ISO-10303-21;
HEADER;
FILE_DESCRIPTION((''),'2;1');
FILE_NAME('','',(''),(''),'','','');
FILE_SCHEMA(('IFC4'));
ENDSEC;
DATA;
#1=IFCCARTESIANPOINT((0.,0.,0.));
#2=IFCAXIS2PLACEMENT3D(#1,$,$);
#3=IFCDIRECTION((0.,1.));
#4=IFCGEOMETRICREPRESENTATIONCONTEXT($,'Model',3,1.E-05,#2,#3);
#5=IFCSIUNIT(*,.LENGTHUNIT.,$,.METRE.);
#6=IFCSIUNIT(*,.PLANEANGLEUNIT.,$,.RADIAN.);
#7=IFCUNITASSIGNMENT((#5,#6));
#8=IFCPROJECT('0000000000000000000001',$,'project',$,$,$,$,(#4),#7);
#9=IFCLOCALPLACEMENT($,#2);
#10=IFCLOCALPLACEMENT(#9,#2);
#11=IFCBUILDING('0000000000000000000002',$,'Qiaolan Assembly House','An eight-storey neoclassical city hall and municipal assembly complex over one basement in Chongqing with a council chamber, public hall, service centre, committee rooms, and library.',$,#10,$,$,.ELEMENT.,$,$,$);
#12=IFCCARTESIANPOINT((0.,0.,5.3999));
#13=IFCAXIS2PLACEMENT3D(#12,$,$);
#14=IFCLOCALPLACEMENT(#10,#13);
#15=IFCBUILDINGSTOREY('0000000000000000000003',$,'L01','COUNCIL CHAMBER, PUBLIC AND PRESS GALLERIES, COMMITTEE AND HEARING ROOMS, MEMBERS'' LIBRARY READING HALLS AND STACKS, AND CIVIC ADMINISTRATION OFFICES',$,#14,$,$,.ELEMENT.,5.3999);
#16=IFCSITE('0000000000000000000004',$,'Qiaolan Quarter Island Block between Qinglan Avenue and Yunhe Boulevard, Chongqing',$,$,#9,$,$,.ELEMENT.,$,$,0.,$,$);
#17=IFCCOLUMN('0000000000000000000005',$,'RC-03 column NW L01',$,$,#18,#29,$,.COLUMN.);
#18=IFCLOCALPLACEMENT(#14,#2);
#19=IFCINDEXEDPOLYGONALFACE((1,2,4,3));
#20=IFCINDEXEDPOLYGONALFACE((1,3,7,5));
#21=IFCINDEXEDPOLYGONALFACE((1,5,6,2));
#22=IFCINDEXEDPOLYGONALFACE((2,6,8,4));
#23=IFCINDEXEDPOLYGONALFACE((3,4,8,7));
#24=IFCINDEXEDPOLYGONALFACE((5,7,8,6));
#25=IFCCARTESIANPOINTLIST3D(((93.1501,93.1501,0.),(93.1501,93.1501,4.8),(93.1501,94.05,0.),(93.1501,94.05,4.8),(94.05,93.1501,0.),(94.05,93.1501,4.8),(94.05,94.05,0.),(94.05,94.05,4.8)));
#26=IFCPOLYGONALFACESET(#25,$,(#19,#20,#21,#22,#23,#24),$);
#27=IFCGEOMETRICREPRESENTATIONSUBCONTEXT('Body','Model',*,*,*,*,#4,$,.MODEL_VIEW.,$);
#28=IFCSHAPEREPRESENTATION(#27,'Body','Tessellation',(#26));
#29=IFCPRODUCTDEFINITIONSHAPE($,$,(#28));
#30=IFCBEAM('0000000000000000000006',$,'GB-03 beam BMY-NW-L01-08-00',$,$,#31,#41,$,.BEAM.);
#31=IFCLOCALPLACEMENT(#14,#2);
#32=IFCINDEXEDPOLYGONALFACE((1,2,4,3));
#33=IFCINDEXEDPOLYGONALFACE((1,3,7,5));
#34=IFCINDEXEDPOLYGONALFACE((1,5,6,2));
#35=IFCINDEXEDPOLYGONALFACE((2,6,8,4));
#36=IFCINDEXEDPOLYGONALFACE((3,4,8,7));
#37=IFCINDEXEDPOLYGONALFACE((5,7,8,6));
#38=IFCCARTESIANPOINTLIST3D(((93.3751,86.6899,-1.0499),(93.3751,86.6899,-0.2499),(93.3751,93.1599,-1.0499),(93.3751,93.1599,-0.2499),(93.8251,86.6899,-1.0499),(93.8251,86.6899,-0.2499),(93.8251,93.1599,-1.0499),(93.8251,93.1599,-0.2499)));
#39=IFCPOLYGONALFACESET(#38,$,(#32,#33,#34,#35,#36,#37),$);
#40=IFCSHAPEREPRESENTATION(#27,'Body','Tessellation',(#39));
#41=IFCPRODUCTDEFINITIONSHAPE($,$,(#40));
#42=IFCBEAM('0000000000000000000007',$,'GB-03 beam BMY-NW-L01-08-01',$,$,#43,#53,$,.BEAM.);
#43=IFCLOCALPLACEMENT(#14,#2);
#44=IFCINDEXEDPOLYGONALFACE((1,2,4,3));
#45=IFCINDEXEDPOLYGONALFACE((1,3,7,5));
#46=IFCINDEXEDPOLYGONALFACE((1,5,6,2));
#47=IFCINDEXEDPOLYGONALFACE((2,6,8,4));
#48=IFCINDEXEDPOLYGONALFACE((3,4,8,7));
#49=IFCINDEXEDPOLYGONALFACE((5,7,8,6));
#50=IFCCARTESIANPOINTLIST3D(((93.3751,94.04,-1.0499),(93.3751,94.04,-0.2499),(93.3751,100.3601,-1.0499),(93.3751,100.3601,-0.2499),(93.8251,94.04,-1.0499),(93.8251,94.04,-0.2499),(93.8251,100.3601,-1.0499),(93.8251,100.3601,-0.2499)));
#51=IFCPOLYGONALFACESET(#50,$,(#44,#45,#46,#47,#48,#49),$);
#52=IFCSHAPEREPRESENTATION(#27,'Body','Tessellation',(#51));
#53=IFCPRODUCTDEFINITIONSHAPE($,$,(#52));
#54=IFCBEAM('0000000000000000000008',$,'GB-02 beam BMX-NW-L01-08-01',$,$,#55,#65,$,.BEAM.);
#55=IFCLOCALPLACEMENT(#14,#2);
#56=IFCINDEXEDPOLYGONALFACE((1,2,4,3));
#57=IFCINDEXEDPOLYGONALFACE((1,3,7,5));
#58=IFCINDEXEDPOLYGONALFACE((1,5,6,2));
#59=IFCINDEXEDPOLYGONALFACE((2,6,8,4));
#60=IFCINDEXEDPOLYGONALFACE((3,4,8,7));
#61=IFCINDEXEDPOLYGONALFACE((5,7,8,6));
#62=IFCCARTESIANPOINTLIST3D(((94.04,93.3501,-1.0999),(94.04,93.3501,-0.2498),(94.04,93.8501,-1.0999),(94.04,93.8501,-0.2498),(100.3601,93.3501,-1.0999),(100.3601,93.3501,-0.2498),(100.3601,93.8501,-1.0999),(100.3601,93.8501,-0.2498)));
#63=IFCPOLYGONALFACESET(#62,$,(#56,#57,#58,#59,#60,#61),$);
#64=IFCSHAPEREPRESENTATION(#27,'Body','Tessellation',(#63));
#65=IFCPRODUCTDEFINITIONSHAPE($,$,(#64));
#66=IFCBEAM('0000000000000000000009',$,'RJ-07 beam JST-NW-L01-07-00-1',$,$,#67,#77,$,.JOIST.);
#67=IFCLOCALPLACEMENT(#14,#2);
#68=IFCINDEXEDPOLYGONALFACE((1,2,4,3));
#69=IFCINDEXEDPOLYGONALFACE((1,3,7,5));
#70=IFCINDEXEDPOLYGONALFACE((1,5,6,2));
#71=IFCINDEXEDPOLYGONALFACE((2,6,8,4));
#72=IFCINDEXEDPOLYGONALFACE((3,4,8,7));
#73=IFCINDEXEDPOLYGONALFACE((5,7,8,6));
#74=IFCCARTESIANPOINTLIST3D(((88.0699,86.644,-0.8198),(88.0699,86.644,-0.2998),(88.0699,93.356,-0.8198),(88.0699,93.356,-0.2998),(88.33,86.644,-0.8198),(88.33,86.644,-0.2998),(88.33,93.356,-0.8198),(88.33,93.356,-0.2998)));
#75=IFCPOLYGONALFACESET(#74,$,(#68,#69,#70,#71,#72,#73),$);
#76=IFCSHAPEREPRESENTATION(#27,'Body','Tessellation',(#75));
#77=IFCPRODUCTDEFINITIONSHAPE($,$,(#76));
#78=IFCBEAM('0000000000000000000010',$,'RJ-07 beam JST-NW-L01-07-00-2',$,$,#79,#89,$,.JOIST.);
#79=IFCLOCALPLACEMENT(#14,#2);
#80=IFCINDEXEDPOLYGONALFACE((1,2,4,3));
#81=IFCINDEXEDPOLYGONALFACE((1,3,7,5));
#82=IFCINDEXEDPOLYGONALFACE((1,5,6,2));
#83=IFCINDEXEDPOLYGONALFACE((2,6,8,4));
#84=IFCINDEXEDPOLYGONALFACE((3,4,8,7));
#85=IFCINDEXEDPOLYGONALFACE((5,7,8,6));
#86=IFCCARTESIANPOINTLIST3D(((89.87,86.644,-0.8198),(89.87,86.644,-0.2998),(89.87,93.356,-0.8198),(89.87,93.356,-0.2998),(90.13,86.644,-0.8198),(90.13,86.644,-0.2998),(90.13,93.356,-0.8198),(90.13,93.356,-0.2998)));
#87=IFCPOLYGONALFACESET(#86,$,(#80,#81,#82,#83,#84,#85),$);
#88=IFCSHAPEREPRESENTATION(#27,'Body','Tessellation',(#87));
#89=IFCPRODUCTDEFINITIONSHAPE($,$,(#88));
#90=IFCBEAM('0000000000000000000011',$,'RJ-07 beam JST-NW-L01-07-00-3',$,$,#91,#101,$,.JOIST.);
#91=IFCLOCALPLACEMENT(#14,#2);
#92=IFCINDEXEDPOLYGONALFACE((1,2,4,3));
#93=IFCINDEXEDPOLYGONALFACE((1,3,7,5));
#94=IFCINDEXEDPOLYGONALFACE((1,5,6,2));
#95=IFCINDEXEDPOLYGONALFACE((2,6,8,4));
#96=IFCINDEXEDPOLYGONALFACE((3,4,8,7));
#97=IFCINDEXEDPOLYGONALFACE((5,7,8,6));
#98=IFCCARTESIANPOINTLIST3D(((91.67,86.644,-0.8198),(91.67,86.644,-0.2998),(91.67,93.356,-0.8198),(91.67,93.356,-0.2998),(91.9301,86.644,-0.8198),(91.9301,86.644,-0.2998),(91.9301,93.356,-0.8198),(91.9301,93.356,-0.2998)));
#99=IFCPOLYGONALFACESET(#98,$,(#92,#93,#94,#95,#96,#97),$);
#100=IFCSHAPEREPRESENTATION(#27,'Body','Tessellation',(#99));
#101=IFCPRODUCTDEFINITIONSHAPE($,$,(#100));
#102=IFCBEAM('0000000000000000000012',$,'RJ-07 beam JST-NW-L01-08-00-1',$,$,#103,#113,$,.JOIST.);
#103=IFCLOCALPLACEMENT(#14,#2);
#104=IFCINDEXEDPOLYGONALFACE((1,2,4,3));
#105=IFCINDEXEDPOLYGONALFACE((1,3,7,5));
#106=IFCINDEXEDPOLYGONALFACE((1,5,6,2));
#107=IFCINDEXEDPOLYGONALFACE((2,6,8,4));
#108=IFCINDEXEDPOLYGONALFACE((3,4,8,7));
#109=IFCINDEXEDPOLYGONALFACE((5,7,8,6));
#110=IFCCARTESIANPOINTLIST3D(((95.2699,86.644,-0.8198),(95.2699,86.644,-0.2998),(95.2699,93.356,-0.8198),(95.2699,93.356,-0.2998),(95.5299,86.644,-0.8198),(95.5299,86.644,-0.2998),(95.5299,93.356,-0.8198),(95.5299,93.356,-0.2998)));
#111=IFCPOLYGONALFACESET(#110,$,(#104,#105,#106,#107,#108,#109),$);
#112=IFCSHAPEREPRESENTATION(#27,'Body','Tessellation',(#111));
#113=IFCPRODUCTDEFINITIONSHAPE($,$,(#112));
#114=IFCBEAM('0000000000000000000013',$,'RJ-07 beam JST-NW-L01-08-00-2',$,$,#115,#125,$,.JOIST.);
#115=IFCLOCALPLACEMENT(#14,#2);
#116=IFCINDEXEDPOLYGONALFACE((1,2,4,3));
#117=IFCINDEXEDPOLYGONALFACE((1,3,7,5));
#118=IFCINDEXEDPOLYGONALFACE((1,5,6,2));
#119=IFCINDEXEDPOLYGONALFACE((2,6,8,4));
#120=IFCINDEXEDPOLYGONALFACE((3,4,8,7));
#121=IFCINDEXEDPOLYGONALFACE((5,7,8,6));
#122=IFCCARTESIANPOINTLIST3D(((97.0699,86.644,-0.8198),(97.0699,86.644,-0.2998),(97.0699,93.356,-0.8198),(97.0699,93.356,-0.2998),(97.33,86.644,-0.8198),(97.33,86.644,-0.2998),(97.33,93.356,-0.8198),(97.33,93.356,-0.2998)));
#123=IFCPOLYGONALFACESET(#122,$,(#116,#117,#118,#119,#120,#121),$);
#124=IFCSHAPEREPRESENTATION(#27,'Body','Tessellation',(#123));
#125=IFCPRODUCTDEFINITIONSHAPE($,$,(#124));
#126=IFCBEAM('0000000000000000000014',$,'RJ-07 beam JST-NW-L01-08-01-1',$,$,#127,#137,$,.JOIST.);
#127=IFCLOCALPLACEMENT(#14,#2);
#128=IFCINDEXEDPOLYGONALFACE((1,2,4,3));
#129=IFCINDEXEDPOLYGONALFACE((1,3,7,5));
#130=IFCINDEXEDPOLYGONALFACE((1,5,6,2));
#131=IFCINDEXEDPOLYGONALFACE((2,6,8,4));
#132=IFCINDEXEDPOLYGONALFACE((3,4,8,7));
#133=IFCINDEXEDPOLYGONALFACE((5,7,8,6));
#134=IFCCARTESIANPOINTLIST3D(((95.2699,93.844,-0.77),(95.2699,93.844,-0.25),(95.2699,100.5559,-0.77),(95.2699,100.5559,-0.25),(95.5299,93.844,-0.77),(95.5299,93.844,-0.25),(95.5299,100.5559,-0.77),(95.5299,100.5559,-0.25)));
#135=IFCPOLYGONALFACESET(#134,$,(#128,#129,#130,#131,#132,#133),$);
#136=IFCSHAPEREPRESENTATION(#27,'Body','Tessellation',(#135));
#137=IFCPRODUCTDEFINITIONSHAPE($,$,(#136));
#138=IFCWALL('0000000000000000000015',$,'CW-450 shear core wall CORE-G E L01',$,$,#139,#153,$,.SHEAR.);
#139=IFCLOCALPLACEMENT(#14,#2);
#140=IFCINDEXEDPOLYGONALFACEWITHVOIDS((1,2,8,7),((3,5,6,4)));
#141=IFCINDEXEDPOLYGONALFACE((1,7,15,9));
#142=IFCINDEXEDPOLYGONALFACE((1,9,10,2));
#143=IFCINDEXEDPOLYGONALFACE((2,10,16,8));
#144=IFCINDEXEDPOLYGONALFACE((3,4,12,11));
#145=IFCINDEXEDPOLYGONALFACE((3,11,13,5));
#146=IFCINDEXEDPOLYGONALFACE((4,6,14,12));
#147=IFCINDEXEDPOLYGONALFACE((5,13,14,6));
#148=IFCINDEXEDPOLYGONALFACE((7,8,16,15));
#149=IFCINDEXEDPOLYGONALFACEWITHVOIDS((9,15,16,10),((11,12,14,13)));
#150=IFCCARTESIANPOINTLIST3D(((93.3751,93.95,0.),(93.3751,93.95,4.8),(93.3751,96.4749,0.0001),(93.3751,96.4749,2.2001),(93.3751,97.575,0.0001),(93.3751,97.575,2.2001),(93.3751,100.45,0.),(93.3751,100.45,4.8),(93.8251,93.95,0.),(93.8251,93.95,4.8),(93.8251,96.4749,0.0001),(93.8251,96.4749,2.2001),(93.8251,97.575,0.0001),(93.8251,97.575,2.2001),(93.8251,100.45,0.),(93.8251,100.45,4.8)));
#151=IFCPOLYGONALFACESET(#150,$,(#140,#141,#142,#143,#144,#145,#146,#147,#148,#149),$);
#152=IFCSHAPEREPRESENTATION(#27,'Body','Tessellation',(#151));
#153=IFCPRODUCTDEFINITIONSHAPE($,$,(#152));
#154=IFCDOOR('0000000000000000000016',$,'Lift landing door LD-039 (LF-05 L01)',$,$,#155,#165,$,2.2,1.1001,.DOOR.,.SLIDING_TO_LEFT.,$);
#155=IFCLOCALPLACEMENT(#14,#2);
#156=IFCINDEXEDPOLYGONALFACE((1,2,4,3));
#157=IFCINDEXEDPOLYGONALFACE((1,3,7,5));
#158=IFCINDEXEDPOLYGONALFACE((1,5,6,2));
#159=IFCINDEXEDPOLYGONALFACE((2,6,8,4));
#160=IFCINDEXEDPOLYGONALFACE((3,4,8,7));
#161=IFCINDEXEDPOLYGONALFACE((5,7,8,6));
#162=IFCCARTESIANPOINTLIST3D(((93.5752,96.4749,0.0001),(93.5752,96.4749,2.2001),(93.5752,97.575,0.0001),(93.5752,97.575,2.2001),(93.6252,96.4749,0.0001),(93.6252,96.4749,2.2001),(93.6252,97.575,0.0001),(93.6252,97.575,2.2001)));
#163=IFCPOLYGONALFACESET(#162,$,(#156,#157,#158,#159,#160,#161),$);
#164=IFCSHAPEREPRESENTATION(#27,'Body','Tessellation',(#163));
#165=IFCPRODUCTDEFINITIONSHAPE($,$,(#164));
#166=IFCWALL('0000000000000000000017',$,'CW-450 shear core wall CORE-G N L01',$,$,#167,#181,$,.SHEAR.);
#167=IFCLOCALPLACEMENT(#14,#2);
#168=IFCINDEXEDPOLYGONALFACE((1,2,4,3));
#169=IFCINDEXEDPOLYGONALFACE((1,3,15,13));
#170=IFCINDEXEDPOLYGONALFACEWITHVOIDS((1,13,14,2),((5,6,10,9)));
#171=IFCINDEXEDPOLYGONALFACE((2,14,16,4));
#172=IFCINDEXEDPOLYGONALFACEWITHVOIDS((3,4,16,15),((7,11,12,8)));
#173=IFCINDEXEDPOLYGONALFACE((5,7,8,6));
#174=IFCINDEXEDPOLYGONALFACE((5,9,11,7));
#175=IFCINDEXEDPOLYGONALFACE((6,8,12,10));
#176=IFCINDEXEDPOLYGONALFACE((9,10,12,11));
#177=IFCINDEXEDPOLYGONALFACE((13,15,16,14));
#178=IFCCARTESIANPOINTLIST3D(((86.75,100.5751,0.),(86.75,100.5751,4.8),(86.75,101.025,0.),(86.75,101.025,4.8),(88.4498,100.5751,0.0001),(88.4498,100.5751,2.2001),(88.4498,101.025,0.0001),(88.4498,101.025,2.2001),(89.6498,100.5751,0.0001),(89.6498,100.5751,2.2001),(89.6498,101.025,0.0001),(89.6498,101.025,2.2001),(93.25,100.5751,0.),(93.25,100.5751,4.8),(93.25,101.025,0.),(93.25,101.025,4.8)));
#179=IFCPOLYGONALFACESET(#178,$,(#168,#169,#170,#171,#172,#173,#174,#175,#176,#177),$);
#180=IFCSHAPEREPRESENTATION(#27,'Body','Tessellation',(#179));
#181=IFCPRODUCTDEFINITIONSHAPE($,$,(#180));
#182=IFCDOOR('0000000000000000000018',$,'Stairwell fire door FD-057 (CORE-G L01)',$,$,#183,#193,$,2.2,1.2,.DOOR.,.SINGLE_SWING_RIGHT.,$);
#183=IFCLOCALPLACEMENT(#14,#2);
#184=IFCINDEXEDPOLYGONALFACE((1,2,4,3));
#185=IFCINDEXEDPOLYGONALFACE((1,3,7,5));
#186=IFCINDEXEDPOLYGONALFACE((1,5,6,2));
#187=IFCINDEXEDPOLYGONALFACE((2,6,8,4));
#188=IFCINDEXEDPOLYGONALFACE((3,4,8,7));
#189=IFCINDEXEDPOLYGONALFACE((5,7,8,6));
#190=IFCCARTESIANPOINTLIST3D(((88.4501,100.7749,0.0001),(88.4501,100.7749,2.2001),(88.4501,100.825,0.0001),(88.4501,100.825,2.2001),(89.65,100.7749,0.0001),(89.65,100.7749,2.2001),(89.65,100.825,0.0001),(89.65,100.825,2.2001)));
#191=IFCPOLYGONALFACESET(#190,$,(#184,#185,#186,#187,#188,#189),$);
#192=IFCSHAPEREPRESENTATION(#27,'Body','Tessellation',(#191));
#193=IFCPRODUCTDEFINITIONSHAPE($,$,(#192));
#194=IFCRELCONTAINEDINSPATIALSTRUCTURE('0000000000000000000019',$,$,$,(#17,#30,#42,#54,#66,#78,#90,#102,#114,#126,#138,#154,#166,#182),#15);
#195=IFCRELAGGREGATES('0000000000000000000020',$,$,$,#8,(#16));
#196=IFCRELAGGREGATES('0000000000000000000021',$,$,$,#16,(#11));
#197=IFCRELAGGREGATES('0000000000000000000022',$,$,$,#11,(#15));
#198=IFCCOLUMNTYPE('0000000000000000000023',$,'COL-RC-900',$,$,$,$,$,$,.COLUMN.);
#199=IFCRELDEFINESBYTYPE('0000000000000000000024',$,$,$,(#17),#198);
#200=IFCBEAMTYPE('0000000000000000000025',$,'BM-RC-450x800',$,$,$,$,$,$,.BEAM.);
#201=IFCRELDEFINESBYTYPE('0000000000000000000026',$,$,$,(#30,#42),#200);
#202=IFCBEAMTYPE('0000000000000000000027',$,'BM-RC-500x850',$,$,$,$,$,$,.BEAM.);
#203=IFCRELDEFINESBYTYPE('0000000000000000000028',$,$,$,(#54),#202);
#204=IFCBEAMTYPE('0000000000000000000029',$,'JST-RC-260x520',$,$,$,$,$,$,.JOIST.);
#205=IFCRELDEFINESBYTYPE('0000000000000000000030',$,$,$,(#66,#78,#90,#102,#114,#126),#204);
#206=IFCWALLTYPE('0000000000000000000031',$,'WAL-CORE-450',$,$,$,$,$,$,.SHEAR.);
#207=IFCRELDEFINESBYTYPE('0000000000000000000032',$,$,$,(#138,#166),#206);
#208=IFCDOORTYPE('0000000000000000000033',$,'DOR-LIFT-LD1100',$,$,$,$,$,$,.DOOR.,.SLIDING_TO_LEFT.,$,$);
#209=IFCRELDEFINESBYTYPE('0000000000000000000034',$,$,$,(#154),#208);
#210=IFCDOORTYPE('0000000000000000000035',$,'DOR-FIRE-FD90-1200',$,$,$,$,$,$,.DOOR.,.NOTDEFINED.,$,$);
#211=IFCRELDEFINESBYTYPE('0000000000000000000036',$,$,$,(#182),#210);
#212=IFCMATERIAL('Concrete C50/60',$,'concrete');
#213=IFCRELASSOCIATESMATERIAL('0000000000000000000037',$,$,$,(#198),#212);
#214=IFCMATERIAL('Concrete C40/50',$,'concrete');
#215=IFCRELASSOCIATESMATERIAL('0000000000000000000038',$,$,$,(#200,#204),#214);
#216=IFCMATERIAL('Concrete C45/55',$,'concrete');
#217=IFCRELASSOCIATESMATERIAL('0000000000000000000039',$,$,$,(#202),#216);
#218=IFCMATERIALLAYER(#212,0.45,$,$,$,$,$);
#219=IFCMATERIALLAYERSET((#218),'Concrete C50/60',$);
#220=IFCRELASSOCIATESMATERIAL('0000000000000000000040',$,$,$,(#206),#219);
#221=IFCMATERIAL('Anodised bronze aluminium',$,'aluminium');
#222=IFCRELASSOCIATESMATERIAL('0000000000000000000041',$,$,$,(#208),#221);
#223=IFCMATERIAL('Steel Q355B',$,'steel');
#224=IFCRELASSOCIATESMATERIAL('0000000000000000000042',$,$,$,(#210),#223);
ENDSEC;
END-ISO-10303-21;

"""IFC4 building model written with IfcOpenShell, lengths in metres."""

from ifc_helpers import new_model, si_unit, direction, frame, frame_2d, origin, origin_2d, place, context, subcontext, project, spatial, rectangle, extrude, material, layer, layer_set, material_profile, profile_set, type_object, element, fill, save


model = new_model("IFC4")

# Units and contexts
model_context = context("Model", 3, precision=1e-05, world=origin(), true_north=direction((0.0, 1.0)))
body_context = subcontext(model_context, "Body", "Model", "MODEL_VIEW")
ifc_project = project(units=[si_unit("LENGTHUNIT", "METRE"), si_unit("PLANEANGLEUNIT", "RADIAN")], contexts=[model_context])

# Site, building, storey
site_placement = place(None, origin())
site = spatial("IfcSite", under=ifc_project, at=site_placement, Name="Qiaolan Quarter Island Block between Qinglan Avenue and Yunhe Boulevard, Chongqing", CompositionType="ELEMENT", RefElevation=0.0)
building_placement = place(site_placement, origin())
building = spatial("IfcBuilding", under=site, at=building_placement, Name="Qiaolan Assembly House", Description="An eight-storey neoclassical city hall and municipal assembly complex over one basement in Chongqing with a council chamber, public hall, service centre, committee rooms, and library.", CompositionType="ELEMENT")
storey_placement = place(building_placement, frame((0.0, 0.0, 5.3999)))
storey = spatial("IfcBuildingStorey", under=building, at=storey_placement, Name="L01", Description="COUNCIL CHAMBER, PUBLIC AND PRESS GALLERIES, COMMITTEE AND HEARING ROOMS, MEMBERS' LIBRARY READING HALLS AND STACKS, AND CIVIC ADMINISTRATION OFFICES", CompositionType="ELEMENT", Elevation=5.3999)

# Column
ifc_material_1 = material(Name="Concrete C50/60", Category="concrete")
ifc_material_profile_1 = material_profile(ifc_material_1, rectangle(XDim=0.8999, YDim=0.8999, at=origin_2d()), Name="RC 900x900")
ifc_profile_set_1 = profile_set([ifc_material_profile_1], Name="Concrete C50/60")
column_type = type_object("IfcColumnType", Name="COL-RC-900", PredefinedType="COLUMN", material=ifc_profile_set_1)
column_placement = place(storey_placement, frame((93.6001, 93.6001, 0.0), z_axis=(0.0, 0.0, 1.0), x_axis=(1.0, 0.0, 0.0)))
element("IfcColumn", 1, at=column_placement, inside=storey, type_object=column_type, Name="RC-03 column NW L01", PredefinedType="COLUMN", context=body_context, shape_type="SweptSolid", body=[
    extrude(rectangle(XDim=0.8999, YDim=0.8999, at=origin_2d()), origin(), (0.0, 0.0, 1.0), 4.8),
])

# Beams
ifc_material_2 = material(Name="Concrete C40/50", Category="concrete")
ifc_material_profile_2 = material_profile(ifc_material_2, rectangle(XDim=0.45, YDim=0.8, at=origin_2d()), Name="RCB 450x800")
ifc_profile_set_2 = profile_set([ifc_material_profile_2], Name="Concrete C40/50")
beam_type_1 = type_object("IfcBeamType", Name="BM-RC-450x800", PredefinedType="BEAM", material=ifc_profile_set_2)
beam_1_placement = place(storey_placement, frame((93.6001, 86.6899, -0.6499), z_axis=(0.0, 1.0, 0.0), x_axis=(-1.0, 0.0, 0.0)))
element("IfcBeam", 2, at=beam_1_placement, inside=storey, type_object=beam_type_1, Name="GB-03 beam BMY-NW-L01-08-00", PredefinedType="BEAM", context=body_context, shape_type="SweptSolid", body=[
    extrude(rectangle(XDim=0.45, YDim=0.8, at=origin_2d()), origin(), (0.0, 0.0, 1.0), 6.47),
])
beam_2_placement = place(storey_placement, frame((93.6001, 94.04, -0.6499), z_axis=(0.0, 1.0, 0.0), x_axis=(-1.0, 0.0, 0.0)))
element("IfcBeam", 3, at=beam_2_placement, inside=storey, type_object=beam_type_1, Name="GB-03 beam BMY-NW-L01-08-01", PredefinedType="BEAM", context=body_context, shape_type="SweptSolid", body=[
    extrude(rectangle(XDim=0.45, YDim=0.8, at=origin_2d()), origin(), (0.0, 0.0, 1.0), 6.3201),
])
ifc_material_3 = material(Name="Concrete C45/55", Category="concrete")
ifc_material_profile_3 = material_profile(ifc_material_3, rectangle(XDim=0.5, YDim=0.8501, at=origin_2d()), Name="RCB 500x850")
ifc_profile_set_3 = profile_set([ifc_material_profile_3], Name="Concrete C45/55")
beam_type_2 = type_object("IfcBeamType", Name="BM-RC-500x850", PredefinedType="BEAM", material=ifc_profile_set_3)
beam_3_placement = place(storey_placement, frame((94.04, 93.6001, -0.6748), z_axis=(1.0, 0.0, 0.0), x_axis=(0.0, 1.0, 0.0)))
element("IfcBeam", 4, at=beam_3_placement, inside=storey, type_object=beam_type_2, Name="GB-02 beam BMX-NW-L01-08-01", PredefinedType="BEAM", context=body_context, shape_type="SweptSolid", body=[
    extrude(rectangle(XDim=0.5, YDim=0.8501, at=origin_2d()), origin(), (0.0, 0.0, 1.0), 6.3201),
])
ifc_material_profile_4 = material_profile(ifc_material_2, rectangle(XDim=0.26, YDim=0.52, at=origin_2d()), Name="RCB 260x520")
ifc_profile_set_4 = profile_set([ifc_material_profile_4], Name="Concrete C40/50")
beam_type_3 = type_object("IfcBeamType", Name="JST-RC-260x520", PredefinedType="JOIST", material=ifc_profile_set_4)
for number, where, z_axis, x_axis, name in (
    (5, (88.2, 86.644, -0.5598), (0.0, 1.0, 0.0), (-1.0, 0.0, 0.0), "RJ-07 beam JST-NW-L01-07-00-1"),
    (6, (90.0, 86.644, -0.5598), (0.0, 1.0, 0.0), (-1.0, 0.0, 0.0), "RJ-07 beam JST-NW-L01-07-00-2"),
    (7, (91.8, 86.644, -0.5598), (0.0, 1.0, 0.0), (-1.0, 0.0, 0.0), "RJ-07 beam JST-NW-L01-07-00-3"),
    (8, (95.3999, 86.644, -0.5598), (0.0, 1.0, 0.0), (-1.0, 0.0, 0.0), "RJ-07 beam JST-NW-L01-08-00-1"),
    (9, (97.2, 86.644, -0.5598), (0.0, 1.0, 0.0), (-1.0, 0.0, 0.0), "RJ-07 beam JST-NW-L01-08-00-2"),
    (10, (95.3999, 93.844, -0.51), (0.0, 1.0, 0.0), (-1.0, 0.0, 0.0), "RJ-07 beam JST-NW-L01-08-01-1"),
):
    element("IfcBeam", number, at=place(storey_placement, frame(where, z_axis=z_axis, x_axis=x_axis)), inside=storey, type_object=beam_type_3, Name=name, PredefinedType="JOIST", context=body_context, shape_type="SweptSolid", body=[
        extrude(rectangle(XDim=0.26, YDim=0.52, at=origin_2d()), origin(), (0.0, 0.0, 1.0), 6.7119),
    ])

# Walls, openings, doors
ifc_layer_1 = layer(ifc_material_1, 0.45)
ifc_layer_set_1 = layer_set([ifc_layer_1], Name="Concrete C50/60")
wall_type_1 = type_object("IfcWallType", Name="WAL-CORE-450", PredefinedType="SHEAR", material=ifc_layer_set_1)
wall_1_placement = place(storey_placement, frame((93.6001, 93.95, 0.0), z_axis=(0.0, 0.0, 1.0), x_axis=(0.0, 1.0, 0.0)))
wall_1 = element("IfcWall", 11, at=wall_1_placement, inside=storey, type_object=wall_type_1, Name="CW-450 shear core wall CORE-G E L01", PredefinedType="SHEAR", context=body_context, shape_type="SweptSolid", body=[
    extrude(rectangle(XDim=6.5, YDim=0.45, at=frame_2d((3.25, 0.0))), origin(), (0.0, 0.0, 1.0), 4.8),
])
opening_1_placement = place(wall_1_placement, frame((2.5249, 0.0, 0.0)))
opening_1 = element("IfcOpeningElement", 12, at=opening_1_placement, cuts=wall_1, PredefinedType="OPENING", context=body_context, shape_type="SweptSolid", body=[
    extrude(rectangle(XDim=1.1001, YDim=2.2, at=frame_2d((0.55, 1.1001))), frame((0.0, 0.2349, 0.0), z_axis=(0.0, -1.0, 0.0), x_axis=(1.0, 0.0, 0.0)), (0.0, 0.0, 1.0), 0.47),
])
ifc_material_4 = material(Name="Anodised bronze aluminium", Category="aluminium")
door_type_1 = type_object("IfcDoorType", Name="DOR-LIFT-LD1100", OperationType="SLIDING_TO_LEFT", PredefinedType="DOOR", material=ifc_material_4)
door_1_placement = place(opening_1_placement, origin())
door_1 = element("IfcDoor", 13, at=door_1_placement, inside=storey, type_object=door_type_1, Name="Lift landing door LD-039 (LF-05 L01)", OperationType="SLIDING_TO_LEFT", OverallHeight=2.2, OverallWidth=1.1001, PredefinedType="DOOR", context=body_context, shape_type="SweptSolid", body=[
    extrude(rectangle(XDim=1.1001, YDim=2.2, at=frame_2d((0.55, 1.1001))), frame((0.0, 0.0249, 0.0), z_axis=(0.0, -1.0, 0.0), x_axis=(1.0, 0.0, 0.0)), (0.0, 0.0, 1.0), 0.05),
])
fill(opening_1, door_1)
wall_2_placement = place(storey_placement, frame((93.25, 100.8, 0.0), z_axis=(0.0, 0.0, 1.0), x_axis=(-1.0, 0.0, 0.0)))
wall_2 = element("IfcWall", 14, at=wall_2_placement, inside=storey, type_object=wall_type_1, Name="CW-450 shear core wall CORE-G N L01", PredefinedType="SHEAR", context=body_context, shape_type="SweptSolid", body=[
    extrude(rectangle(XDim=6.5, YDim=0.45, at=frame_2d((3.25, 0.0))), origin(), (0.0, 0.0, 1.0), 4.8),
])
opening_2_placement = place(wall_2_placement, frame((3.6001, 0.0, 0.0)))
opening_2 = element("IfcOpeningElement", 15, at=opening_2_placement, cuts=wall_2, PredefinedType="OPENING", context=body_context, shape_type="SweptSolid", body=[
    extrude(rectangle(XDim=1.2, YDim=2.2, at=frame_2d((0.6001, 1.1001))), frame((0.0, 0.2349, 0.0), z_axis=(0.0, -1.0, 0.0), x_axis=(1.0, 0.0, 0.0)), (0.0, 0.0, 1.0), 0.47),
])
ifc_material_5 = material(Name="Steel Q355B", Category="steel")
door_type_2 = type_object("IfcDoorType", Name="DOR-FIRE-FD90-1200", OperationType="NOTDEFINED", PredefinedType="DOOR", material=ifc_material_5)
door_2_placement = place(opening_2_placement, frame((1.2, 0.0, 0.0), z_axis=(0.0, 0.0, 1.0), x_axis=(-1.0, 0.0, 0.0)))
door_2 = element("IfcDoor", 16, at=door_2_placement, inside=storey, type_object=door_type_2, Name="Stairwell fire door FD-057 (CORE-G L01)", OperationType="SINGLE_SWING_RIGHT", OverallHeight=2.2, OverallWidth=1.2, PredefinedType="DOOR", context=body_context, shape_type="SweptSolid", body=[
    extrude(rectangle(XDim=1.2, YDim=2.2, at=frame_2d((0.6001, 1.1001))), frame((0.0, 0.0249, 0.0), z_axis=(0.0, -1.0, 0.0), x_axis=(1.0, 0.0, 0.0)), (0.0, 0.0, 1.0), 0.05),
])
fill(opening_2, door_2)

save(model, "model.ifc")
